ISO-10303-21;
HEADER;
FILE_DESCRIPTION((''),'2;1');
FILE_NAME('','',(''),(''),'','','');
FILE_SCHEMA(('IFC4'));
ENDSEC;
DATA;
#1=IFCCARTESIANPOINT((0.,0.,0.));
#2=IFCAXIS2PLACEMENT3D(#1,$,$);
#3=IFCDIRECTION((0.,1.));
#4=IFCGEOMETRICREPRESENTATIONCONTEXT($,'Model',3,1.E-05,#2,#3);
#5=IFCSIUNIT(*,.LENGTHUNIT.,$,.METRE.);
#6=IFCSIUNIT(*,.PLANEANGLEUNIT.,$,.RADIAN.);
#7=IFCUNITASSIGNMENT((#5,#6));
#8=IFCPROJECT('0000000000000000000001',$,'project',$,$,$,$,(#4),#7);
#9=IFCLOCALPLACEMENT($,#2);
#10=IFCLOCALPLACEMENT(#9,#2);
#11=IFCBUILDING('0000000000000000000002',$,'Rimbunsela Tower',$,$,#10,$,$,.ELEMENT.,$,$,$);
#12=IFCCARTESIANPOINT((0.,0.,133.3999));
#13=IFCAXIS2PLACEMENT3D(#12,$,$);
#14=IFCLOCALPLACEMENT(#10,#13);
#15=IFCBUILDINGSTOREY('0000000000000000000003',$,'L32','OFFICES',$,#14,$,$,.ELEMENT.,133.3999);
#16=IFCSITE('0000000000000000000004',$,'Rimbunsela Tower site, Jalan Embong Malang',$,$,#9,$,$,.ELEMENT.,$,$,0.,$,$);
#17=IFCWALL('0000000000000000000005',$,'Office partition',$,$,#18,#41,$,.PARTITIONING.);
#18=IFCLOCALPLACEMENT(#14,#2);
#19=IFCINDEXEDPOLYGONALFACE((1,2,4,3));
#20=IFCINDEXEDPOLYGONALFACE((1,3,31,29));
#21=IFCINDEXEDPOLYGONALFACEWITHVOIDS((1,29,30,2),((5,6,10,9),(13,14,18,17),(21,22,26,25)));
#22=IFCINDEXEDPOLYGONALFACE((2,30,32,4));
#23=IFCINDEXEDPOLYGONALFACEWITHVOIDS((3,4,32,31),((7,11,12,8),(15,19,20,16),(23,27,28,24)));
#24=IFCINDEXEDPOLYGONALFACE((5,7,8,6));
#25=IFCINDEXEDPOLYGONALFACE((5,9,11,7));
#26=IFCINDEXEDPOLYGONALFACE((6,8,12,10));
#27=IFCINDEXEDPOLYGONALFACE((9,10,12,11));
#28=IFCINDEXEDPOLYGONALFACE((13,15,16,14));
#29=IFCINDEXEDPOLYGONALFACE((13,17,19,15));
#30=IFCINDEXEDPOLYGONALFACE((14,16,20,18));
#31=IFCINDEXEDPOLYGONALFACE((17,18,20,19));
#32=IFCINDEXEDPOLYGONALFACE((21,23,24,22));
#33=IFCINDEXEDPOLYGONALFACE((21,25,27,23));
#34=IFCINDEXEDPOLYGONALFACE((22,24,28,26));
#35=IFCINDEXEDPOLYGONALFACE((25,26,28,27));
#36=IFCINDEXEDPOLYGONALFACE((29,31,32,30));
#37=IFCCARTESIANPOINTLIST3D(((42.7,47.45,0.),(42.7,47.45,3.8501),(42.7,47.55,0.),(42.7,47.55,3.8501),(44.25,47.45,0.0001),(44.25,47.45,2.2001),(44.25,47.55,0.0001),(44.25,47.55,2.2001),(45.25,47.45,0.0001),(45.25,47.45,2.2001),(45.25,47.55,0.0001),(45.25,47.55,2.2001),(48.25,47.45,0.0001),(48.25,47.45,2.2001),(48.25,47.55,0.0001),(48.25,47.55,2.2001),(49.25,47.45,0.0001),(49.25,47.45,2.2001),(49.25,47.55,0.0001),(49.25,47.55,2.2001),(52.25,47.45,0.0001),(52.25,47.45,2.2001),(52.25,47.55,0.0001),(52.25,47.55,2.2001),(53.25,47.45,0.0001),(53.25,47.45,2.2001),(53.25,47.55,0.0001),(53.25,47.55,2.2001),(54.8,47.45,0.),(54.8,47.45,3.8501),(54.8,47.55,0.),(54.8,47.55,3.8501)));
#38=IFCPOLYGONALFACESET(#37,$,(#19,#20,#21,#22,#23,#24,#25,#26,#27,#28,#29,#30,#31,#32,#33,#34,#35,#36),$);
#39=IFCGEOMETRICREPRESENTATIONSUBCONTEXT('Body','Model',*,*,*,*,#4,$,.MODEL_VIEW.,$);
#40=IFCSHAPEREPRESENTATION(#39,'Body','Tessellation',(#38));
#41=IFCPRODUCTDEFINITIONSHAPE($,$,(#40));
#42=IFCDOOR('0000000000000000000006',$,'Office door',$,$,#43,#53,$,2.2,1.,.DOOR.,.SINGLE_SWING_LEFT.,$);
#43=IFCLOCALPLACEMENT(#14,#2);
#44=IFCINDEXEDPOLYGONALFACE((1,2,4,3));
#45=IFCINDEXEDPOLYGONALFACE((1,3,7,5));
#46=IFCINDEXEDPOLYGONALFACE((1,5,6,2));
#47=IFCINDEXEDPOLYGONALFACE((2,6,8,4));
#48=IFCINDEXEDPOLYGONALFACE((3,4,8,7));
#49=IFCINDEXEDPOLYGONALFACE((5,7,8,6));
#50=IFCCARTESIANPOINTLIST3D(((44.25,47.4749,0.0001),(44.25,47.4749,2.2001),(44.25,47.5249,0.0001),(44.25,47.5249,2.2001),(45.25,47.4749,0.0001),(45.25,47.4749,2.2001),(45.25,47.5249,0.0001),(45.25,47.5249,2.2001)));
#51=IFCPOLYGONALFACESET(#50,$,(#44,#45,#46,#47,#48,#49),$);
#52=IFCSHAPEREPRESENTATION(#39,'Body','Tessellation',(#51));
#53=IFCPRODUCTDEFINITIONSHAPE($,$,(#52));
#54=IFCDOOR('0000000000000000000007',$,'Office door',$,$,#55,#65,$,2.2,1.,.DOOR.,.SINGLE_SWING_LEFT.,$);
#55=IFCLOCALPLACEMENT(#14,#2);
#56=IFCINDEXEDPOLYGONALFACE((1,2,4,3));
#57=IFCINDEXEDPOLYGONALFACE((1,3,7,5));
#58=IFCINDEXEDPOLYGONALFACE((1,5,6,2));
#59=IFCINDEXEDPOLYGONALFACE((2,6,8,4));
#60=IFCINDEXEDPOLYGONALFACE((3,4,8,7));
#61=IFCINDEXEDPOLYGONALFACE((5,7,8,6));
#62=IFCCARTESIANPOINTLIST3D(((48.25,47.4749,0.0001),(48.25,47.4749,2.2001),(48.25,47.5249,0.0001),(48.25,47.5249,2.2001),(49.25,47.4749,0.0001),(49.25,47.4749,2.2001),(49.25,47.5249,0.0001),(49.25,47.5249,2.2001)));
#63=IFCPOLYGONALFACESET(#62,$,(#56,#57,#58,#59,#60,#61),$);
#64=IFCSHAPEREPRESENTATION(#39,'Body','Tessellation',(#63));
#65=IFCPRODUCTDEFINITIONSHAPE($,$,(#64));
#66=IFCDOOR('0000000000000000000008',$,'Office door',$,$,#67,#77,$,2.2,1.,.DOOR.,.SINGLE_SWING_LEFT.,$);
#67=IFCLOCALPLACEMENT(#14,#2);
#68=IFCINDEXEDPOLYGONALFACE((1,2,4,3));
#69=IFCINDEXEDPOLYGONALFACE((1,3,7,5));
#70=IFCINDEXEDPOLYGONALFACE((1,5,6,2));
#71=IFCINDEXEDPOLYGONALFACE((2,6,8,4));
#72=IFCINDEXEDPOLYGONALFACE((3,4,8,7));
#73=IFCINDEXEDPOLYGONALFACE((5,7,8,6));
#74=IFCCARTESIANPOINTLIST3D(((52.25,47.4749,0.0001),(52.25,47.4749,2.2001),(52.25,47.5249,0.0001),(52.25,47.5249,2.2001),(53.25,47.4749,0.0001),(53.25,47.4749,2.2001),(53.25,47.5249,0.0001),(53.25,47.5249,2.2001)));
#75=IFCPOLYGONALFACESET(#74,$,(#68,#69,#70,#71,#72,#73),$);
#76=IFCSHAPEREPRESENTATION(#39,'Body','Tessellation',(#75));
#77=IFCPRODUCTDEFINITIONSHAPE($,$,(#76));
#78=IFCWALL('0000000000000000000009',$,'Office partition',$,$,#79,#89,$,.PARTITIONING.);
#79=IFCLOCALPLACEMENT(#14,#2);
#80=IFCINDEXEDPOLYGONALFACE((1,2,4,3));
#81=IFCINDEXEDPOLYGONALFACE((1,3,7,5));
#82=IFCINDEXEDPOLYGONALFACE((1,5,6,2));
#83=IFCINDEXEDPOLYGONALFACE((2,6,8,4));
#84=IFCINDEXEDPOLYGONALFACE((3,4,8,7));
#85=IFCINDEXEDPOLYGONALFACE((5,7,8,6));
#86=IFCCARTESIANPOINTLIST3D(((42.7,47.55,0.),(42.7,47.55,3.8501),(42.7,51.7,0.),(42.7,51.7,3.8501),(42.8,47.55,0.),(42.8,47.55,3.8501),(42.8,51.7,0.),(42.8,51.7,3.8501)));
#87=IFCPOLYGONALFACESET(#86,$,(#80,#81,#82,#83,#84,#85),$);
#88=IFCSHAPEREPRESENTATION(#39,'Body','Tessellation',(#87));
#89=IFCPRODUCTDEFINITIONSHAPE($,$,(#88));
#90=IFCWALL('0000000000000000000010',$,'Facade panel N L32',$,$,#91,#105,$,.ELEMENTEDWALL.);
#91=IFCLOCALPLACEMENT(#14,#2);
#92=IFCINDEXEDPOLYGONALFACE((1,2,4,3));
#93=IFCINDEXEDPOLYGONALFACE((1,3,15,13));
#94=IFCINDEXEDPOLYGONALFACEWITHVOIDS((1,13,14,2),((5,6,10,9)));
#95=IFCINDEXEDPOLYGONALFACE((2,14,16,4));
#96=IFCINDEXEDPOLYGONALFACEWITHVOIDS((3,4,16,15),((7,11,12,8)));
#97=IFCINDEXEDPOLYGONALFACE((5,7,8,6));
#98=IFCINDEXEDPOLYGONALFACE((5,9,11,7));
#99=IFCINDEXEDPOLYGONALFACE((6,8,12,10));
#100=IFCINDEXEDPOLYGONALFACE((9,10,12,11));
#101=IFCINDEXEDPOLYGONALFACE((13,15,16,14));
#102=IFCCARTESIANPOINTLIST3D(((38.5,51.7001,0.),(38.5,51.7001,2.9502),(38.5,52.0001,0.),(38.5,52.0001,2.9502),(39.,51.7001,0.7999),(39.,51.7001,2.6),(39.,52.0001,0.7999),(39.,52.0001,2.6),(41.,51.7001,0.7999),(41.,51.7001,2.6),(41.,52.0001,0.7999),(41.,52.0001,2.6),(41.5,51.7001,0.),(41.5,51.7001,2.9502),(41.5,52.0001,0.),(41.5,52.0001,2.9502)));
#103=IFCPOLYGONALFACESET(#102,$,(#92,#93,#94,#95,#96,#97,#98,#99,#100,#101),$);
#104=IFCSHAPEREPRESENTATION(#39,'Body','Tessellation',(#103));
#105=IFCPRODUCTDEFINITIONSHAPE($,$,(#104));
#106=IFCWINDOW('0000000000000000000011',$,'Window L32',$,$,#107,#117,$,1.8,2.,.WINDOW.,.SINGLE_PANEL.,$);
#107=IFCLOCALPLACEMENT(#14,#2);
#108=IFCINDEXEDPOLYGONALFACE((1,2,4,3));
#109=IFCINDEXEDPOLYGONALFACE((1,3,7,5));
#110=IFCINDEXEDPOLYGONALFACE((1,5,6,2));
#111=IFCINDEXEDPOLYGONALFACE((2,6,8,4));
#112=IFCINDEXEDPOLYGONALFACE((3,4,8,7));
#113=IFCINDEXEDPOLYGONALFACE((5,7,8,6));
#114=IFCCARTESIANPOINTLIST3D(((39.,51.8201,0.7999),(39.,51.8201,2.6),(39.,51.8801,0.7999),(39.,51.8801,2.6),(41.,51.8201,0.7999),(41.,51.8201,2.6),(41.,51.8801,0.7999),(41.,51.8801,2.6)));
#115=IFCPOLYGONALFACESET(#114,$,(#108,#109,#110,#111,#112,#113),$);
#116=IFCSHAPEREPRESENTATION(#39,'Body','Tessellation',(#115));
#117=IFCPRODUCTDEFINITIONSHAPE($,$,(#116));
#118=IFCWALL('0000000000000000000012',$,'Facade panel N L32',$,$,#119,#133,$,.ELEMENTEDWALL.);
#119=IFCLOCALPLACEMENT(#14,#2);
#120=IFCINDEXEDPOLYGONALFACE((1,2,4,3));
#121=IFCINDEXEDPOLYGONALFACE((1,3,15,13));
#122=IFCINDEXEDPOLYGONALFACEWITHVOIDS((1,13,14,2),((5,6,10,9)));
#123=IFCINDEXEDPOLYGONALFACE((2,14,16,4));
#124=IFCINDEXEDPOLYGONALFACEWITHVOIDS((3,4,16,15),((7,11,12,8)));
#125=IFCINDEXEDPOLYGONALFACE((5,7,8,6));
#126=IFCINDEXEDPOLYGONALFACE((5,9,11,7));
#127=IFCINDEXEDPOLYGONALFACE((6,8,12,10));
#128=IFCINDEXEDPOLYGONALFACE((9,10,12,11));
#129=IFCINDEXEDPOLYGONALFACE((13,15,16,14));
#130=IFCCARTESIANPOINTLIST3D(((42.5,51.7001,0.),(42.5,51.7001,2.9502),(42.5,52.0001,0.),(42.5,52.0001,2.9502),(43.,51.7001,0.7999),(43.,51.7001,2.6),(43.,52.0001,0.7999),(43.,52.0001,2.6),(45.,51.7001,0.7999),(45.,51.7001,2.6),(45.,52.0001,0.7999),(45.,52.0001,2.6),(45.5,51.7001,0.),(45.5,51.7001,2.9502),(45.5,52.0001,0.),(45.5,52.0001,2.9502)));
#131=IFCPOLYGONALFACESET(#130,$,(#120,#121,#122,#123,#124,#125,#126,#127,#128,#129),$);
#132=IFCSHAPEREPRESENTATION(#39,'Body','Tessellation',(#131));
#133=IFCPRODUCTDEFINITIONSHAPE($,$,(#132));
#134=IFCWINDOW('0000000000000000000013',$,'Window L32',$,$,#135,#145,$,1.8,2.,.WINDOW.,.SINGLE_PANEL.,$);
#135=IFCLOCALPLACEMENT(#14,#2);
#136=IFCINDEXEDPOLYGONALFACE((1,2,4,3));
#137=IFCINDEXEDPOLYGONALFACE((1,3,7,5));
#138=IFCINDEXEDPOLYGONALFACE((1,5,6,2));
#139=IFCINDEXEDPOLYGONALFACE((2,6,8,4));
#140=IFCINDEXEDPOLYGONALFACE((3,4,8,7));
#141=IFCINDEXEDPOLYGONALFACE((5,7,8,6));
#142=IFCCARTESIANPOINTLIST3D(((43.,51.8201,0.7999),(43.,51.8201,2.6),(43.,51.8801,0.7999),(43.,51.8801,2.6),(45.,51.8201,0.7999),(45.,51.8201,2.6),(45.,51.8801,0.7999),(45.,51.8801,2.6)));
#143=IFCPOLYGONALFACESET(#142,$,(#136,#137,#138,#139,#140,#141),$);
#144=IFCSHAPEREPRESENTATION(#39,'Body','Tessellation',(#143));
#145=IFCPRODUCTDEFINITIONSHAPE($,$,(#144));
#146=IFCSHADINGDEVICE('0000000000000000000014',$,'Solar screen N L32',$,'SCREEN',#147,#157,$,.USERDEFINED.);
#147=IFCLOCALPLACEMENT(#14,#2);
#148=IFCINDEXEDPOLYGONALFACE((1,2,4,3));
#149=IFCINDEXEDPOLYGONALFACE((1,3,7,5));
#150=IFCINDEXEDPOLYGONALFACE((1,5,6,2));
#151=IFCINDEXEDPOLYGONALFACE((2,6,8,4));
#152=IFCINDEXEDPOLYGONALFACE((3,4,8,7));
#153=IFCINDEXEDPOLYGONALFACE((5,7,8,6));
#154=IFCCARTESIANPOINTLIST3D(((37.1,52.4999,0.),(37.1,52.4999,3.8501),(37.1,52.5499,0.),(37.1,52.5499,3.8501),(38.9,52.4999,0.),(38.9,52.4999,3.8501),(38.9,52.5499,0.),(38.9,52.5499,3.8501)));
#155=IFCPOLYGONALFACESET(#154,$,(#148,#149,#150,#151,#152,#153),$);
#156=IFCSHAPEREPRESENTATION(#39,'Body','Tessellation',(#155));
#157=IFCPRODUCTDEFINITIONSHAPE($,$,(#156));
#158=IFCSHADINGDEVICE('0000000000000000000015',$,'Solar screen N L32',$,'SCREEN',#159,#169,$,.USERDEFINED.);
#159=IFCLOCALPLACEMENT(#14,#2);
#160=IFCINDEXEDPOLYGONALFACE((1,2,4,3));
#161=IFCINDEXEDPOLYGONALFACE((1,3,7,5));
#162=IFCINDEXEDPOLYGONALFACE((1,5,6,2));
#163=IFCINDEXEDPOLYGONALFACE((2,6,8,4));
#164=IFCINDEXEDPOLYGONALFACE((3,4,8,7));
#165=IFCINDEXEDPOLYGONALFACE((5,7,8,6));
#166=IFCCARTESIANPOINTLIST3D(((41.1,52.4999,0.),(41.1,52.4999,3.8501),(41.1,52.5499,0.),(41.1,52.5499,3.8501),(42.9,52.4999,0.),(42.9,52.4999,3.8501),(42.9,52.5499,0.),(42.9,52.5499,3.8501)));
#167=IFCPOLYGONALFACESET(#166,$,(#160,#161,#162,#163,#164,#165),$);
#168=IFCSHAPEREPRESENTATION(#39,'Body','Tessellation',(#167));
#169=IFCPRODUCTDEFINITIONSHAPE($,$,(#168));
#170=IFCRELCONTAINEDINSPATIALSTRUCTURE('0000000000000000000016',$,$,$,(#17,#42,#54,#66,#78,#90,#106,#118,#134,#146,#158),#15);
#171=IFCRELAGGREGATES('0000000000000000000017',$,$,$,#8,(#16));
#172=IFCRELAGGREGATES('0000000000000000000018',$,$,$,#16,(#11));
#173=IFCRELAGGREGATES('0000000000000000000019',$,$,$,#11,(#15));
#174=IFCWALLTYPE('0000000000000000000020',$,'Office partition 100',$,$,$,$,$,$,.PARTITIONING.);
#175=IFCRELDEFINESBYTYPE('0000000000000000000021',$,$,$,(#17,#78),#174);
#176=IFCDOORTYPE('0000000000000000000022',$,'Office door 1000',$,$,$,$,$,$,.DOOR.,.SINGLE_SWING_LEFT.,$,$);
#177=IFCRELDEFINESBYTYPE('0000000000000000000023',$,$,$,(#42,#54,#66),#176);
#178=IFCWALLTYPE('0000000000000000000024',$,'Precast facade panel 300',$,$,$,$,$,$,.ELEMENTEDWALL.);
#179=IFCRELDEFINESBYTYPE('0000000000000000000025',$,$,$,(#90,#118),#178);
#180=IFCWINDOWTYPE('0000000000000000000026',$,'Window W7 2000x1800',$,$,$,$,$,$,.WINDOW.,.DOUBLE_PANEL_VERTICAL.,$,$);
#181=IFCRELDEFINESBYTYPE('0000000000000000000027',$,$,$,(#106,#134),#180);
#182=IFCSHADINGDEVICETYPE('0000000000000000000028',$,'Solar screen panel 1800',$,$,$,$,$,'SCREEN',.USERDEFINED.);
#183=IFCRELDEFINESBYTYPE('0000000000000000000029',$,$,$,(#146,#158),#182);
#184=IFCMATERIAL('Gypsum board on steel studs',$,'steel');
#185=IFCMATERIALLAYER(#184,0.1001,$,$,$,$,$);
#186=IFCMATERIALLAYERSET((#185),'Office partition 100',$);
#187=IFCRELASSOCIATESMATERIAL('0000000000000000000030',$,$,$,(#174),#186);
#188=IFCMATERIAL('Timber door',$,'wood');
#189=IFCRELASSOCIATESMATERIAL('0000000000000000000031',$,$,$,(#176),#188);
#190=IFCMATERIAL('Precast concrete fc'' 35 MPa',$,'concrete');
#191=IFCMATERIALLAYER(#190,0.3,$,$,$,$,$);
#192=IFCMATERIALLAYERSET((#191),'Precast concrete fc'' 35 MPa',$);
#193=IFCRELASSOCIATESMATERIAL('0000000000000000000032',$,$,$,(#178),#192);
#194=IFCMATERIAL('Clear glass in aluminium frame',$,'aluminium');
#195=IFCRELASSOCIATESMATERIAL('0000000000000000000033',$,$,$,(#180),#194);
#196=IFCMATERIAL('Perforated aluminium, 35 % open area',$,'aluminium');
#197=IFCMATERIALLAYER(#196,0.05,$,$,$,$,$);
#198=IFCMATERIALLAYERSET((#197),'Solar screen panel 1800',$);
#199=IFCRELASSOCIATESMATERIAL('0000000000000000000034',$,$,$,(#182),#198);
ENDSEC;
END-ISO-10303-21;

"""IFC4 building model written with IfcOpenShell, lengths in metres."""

from ifc_helpers import new_model, si_unit, direction, frame, frame_2d, origin, origin_2d, place, context, subcontext, project, spatial, rectangle, extrude, material, layer, layer_set, type_object, element, fill, save


model = new_model("IFC4")

# Units and contexts
model_context = context("Model", 3, precision=1e-05, world=origin(), true_north=direction((0.0, 1.0)))
body_context = subcontext(model_context, "Body", "Model", "MODEL_VIEW")
ifc_project = project(units=[si_unit("LENGTHUNIT", "METRE"), si_unit("PLANEANGLEUNIT", "RADIAN")], contexts=[model_context])

# Site, building, storey
site_placement = place(None, origin())
site = spatial("IfcSite", under=ifc_project, at=site_placement, Name="Rimbunsela Tower site, Jalan Embong Malang", CompositionType="ELEMENT", RefElevation=0.0)
building_placement = place(site_placement, origin())
building = spatial("IfcBuilding", under=site, at=building_placement, Name="Rimbunsela Tower", CompositionType="ELEMENT")
storey_placement = place(building_placement, frame((0.0, 0.0, 133.3999)))
storey = spatial("IfcBuildingStorey", under=building, at=storey_placement, Name="L32", Description="OFFICES", CompositionType="ELEMENT", Elevation=133.3999)

# Wall, openings, doors
ifc_material_1 = material(Name="Gypsum board on steel studs", Category="steel")
ifc_layer_1 = layer(ifc_material_1, 0.1001)
ifc_layer_set_1 = layer_set([ifc_layer_1], Name="Office partition 100")
wall_type_1 = type_object("IfcWallType", Name="Office partition 100", PredefinedType="PARTITIONING", material=ifc_layer_set_1)
wall_1_placement = place(storey_placement, frame((42.7, 47.5, 0.0), z_axis=(0.0, 0.0, 1.0), x_axis=(1.0, 0.0, 0.0)))
wall_1 = element("IfcWall", 1, at=wall_1_placement, inside=storey, type_object=wall_type_1, Name="Office partition", PredefinedType="PARTITIONING", context=body_context, shape_type="SweptSolid", body=[
    extrude(rectangle(XDim=12.1001, YDim=0.1001, at=frame_2d((6.05, 0.0))), origin(), (0.0, 0.0, 1.0), 3.8501),
])
opening_1_placement = place(wall_1_placement, frame((1.55, 0.0, 0.0)))
opening_1 = element("IfcOpeningElement", 2, at=opening_1_placement, cuts=wall_1, PredefinedType="OPENING", context=body_context, shape_type="SweptSolid", body=[
    extrude(rectangle(XDim=1.0, YDim=2.2, at=frame_2d((0.5, 1.1001))), frame((0.0, 0.0601, 0.0), z_axis=(0.0, -1.0, 0.0), x_axis=(1.0, 0.0, 0.0)), (0.0, 0.0, 1.0), 0.1201),
])
opening_2_placement = place(wall_1_placement, frame((5.55, 0.0, 0.0)))
opening_2 = element("IfcOpeningElement", 3, at=opening_2_placement, cuts=wall_1, PredefinedType="OPENING", context=body_context, shape_type="SweptSolid", body=[
    extrude(rectangle(XDim=1.0, YDim=2.2, at=frame_2d((0.5, 1.1001))), frame((0.0, 0.0601, 0.0), z_axis=(0.0, -1.0, 0.0), x_axis=(1.0, 0.0, 0.0)), (0.0, 0.0, 1.0), 0.1201),
])
opening_3_placement = place(wall_1_placement, frame((9.55, 0.0, 0.0)))
opening_3 = element("IfcOpeningElement", 4, at=opening_3_placement, cuts=wall_1, PredefinedType="OPENING", context=body_context, shape_type="SweptSolid", body=[
    extrude(rectangle(XDim=1.0, YDim=2.2, at=frame_2d((0.5, 1.1001))), frame((0.0, 0.0601, 0.0), z_axis=(0.0, -1.0, 0.0), x_axis=(1.0, 0.0, 0.0)), (0.0, 0.0, 1.0), 0.1201),
])
ifc_material_2 = material(Name="Timber door", Category="wood")
door_type = type_object("IfcDoorType", Name="Office door 1000", OperationType="SINGLE_SWING_LEFT", PredefinedType="DOOR", material=ifc_material_2)
door_1_placement = place(opening_1_placement, origin())
door_1 = element("IfcDoor", 5, at=door_1_placement, inside=storey, type_object=door_type, Name="Office door", OperationType="SINGLE_SWING_LEFT", OverallHeight=2.2, OverallWidth=1.0, PredefinedType="DOOR", context=body_context, shape_type="SweptSolid", body=[
    extrude(rectangle(XDim=1.0, YDim=2.2, at=frame_2d((0.5, 1.1001))), frame((0.0, 0.0249, 0.0), z_axis=(0.0, -1.0, 0.0), x_axis=(1.0, 0.0, 0.0)), (0.0, 0.0, 1.0), 0.05),
])
fill(opening_1, door_1)
door_2_placement = place(opening_2_placement, origin())
door_2 = element("IfcDoor", 6, at=door_2_placement, inside=storey, type_object=door_type, Name="Office door", OperationType="SINGLE_SWING_LEFT", OverallHeight=2.2, OverallWidth=1.0, PredefinedType="DOOR", context=body_context, shape_type="SweptSolid", body=[
    extrude(rectangle(XDim=1.0, YDim=2.2, at=frame_2d((0.5, 1.1001))), frame((0.0, 0.0249, 0.0), z_axis=(0.0, -1.0, 0.0), x_axis=(1.0, 0.0, 0.0)), (0.0, 0.0, 1.0), 0.05),
])
fill(opening_2, door_2)
door_3_placement = place(opening_3_placement, origin())
door_3 = element("IfcDoor", 7, at=door_3_placement, inside=storey, type_object=door_type, Name="Office door", OperationType="SINGLE_SWING_LEFT", OverallHeight=2.2, OverallWidth=1.0, PredefinedType="DOOR", context=body_context, shape_type="SweptSolid", body=[
    extrude(rectangle(XDim=1.0, YDim=2.2, at=frame_2d((0.5, 1.1001))), frame((0.0, 0.0249, 0.0), z_axis=(0.0, -1.0, 0.0), x_axis=(1.0, 0.0, 0.0)), (0.0, 0.0, 1.0), 0.05),
])
fill(opening_3, door_3)

# Wall
wall_2_placement = place(storey_placement, frame((42.75, 47.55, 0.0), z_axis=(0.0, 0.0, 1.0), x_axis=(0.0, 1.0, 0.0)))
element("IfcWall", 8, at=wall_2_placement, inside=storey, type_object=wall_type_1, Name="Office partition", PredefinedType="PARTITIONING", context=body_context, shape_type="SweptSolid", body=[
    extrude(rectangle(XDim=4.1499, YDim=0.1001, at=frame_2d((2.075, 0.0))), origin(), (0.0, 0.0, 1.0), 3.8501),
])

# Walls, openings, windows
ifc_material_3 = material(Name="Precast concrete fc' 35 MPa", Category="concrete")
ifc_layer_2 = layer(ifc_material_3, 0.3)
ifc_layer_set_2 = layer_set([ifc_layer_2], Name="Precast concrete fc' 35 MPa")
wall_type_2 = type_object("IfcWallType", Name="Precast facade panel 300", PredefinedType="ELEMENTEDWALL", material=ifc_layer_set_2)
wall_3_placement = place(storey_placement, frame((41.5, 51.8501, 0.0), z_axis=(0.0, 0.0, 1.0), x_axis=(-1.0, 0.0, 0.0)))
wall_3 = element("IfcWall", 9, at=wall_3_placement, inside=storey, type_object=wall_type_2, Name="Facade panel N L32", PredefinedType="ELEMENTEDWALL", context=body_context, shape_type="SweptSolid", body=[
    extrude(rectangle(XDim=3.0, YDim=0.3, at=frame_2d((1.5, 0.0))), origin(), (0.0, 0.0, 1.0), 2.9502),
])
opening_4_placement = place(wall_3_placement, frame((0.5, 0.0, 0.8)))
opening_4 = element("IfcOpeningElement", 10, at=opening_4_placement, cuts=wall_3, PredefinedType="OPENING", context=body_context, shape_type="SweptSolid", body=[
    extrude(rectangle(XDim=2.0, YDim=1.8, at=frame_2d((1.0, 0.8999))), frame((0.0, 0.1599, 0.0), z_axis=(0.0, -1.0, 0.0), x_axis=(1.0, 0.0, 0.0)), (0.0, 0.0, 1.0), 0.3201),
])
ifc_material_4 = material(Name="Clear glass in aluminium frame", Category="aluminium")
window_type = type_object("IfcWindowType", Name="Window W7 2000x1800", PartitioningType="DOUBLE_PANEL_VERTICAL", PredefinedType="WINDOW", material=ifc_material_4)
window_1_placement = place(opening_4_placement, origin())
window_1 = element("IfcWindow", 11, at=window_1_placement, inside=storey, type_object=window_type, Name="Window L32", OverallHeight=1.8, OverallWidth=2.0, PartitioningType="SINGLE_PANEL", PredefinedType="WINDOW", context=body_context, shape_type="SweptSolid", body=[
    extrude(rectangle(XDim=2.0, YDim=1.8, at=frame_2d((1.0, 0.8999))), frame((0.0, 0.03, 0.0), z_axis=(0.0, -1.0, 0.0), x_axis=(1.0, 0.0, 0.0)), (0.0, 0.0, 1.0), 0.0601),
])
fill(opening_4, window_1)
wall_4_placement = place(storey_placement, frame((45.5, 51.8501, 0.0), z_axis=(0.0, 0.0, 1.0), x_axis=(-1.0, 0.0, 0.0)))
wall_4 = element("IfcWall", 12, at=wall_4_placement, inside=storey, type_object=wall_type_2, Name="Facade panel N L32", PredefinedType="ELEMENTEDWALL", context=body_context, shape_type="SweptSolid", body=[
    extrude(rectangle(XDim=3.0, YDim=0.3, at=frame_2d((1.5, 0.0))), origin(), (0.0, 0.0, 1.0), 2.9502),
])
opening_5_placement = place(wall_4_placement, frame((0.5, 0.0, 0.8)))
opening_5 = element("IfcOpeningElement", 13, at=opening_5_placement, cuts=wall_4, PredefinedType="OPENING", context=body_context, shape_type="SweptSolid", body=[
    extrude(rectangle(XDim=2.0, YDim=1.8, at=frame_2d((1.0, 0.8999))), frame((0.0, 0.1599, 0.0), z_axis=(0.0, -1.0, 0.0), x_axis=(1.0, 0.0, 0.0)), (0.0, 0.0, 1.0), 0.3201),
])
window_2_placement = place(opening_5_placement, origin())
window_2 = element("IfcWindow", 14, at=window_2_placement, inside=storey, type_object=window_type, Name="Window L32", OverallHeight=1.8, OverallWidth=2.0, PartitioningType="SINGLE_PANEL", PredefinedType="WINDOW", context=body_context, shape_type="SweptSolid", body=[
    extrude(rectangle(XDim=2.0, YDim=1.8, at=frame_2d((1.0, 0.8999))), frame((0.0, 0.03, 0.0), z_axis=(0.0, -1.0, 0.0), x_axis=(1.0, 0.0, 0.0)), (0.0, 0.0, 1.0), 0.0601),
])
fill(opening_5, window_2)

# Shading devices
ifc_material_5 = material(Name="Perforated aluminium, 35 % open area", Category="aluminium")
ifc_layer_3 = layer(ifc_material_5, 0.05)
ifc_layer_set_3 = layer_set([ifc_layer_3], Name="Solar screen panel 1800")
shading_device_type = type_object("IfcShadingDeviceType", Name="Solar screen panel 1800", ElementType="SCREEN", PredefinedType="USERDEFINED", material=ifc_layer_set_3)
for number, where, z_axis, x_axis, name in (
    (15, (38.0, 52.5249, 0.0), (0.0, 0.0, 1.0), (1.0, 0.0, 0.0), "Solar screen N L32"),
    (16, (42.0, 52.5249, 0.0), (0.0, 0.0, 1.0), (1.0, 0.0, 0.0), "Solar screen N L32"),
):
    element("IfcShadingDevice", number, at=place(storey_placement, frame(where, z_axis=z_axis, x_axis=x_axis)), inside=storey, type_object=shading_device_type, Name=name, ObjectType="SCREEN", PredefinedType="USERDEFINED", context=body_context, shape_type="SweptSolid", body=[
        extrude(rectangle(XDim=1.8, YDim=0.05, at=origin_2d()), origin(), (0.0, 0.0, 1.0), 3.8501),
    ])

save(model, "model.ifc")
